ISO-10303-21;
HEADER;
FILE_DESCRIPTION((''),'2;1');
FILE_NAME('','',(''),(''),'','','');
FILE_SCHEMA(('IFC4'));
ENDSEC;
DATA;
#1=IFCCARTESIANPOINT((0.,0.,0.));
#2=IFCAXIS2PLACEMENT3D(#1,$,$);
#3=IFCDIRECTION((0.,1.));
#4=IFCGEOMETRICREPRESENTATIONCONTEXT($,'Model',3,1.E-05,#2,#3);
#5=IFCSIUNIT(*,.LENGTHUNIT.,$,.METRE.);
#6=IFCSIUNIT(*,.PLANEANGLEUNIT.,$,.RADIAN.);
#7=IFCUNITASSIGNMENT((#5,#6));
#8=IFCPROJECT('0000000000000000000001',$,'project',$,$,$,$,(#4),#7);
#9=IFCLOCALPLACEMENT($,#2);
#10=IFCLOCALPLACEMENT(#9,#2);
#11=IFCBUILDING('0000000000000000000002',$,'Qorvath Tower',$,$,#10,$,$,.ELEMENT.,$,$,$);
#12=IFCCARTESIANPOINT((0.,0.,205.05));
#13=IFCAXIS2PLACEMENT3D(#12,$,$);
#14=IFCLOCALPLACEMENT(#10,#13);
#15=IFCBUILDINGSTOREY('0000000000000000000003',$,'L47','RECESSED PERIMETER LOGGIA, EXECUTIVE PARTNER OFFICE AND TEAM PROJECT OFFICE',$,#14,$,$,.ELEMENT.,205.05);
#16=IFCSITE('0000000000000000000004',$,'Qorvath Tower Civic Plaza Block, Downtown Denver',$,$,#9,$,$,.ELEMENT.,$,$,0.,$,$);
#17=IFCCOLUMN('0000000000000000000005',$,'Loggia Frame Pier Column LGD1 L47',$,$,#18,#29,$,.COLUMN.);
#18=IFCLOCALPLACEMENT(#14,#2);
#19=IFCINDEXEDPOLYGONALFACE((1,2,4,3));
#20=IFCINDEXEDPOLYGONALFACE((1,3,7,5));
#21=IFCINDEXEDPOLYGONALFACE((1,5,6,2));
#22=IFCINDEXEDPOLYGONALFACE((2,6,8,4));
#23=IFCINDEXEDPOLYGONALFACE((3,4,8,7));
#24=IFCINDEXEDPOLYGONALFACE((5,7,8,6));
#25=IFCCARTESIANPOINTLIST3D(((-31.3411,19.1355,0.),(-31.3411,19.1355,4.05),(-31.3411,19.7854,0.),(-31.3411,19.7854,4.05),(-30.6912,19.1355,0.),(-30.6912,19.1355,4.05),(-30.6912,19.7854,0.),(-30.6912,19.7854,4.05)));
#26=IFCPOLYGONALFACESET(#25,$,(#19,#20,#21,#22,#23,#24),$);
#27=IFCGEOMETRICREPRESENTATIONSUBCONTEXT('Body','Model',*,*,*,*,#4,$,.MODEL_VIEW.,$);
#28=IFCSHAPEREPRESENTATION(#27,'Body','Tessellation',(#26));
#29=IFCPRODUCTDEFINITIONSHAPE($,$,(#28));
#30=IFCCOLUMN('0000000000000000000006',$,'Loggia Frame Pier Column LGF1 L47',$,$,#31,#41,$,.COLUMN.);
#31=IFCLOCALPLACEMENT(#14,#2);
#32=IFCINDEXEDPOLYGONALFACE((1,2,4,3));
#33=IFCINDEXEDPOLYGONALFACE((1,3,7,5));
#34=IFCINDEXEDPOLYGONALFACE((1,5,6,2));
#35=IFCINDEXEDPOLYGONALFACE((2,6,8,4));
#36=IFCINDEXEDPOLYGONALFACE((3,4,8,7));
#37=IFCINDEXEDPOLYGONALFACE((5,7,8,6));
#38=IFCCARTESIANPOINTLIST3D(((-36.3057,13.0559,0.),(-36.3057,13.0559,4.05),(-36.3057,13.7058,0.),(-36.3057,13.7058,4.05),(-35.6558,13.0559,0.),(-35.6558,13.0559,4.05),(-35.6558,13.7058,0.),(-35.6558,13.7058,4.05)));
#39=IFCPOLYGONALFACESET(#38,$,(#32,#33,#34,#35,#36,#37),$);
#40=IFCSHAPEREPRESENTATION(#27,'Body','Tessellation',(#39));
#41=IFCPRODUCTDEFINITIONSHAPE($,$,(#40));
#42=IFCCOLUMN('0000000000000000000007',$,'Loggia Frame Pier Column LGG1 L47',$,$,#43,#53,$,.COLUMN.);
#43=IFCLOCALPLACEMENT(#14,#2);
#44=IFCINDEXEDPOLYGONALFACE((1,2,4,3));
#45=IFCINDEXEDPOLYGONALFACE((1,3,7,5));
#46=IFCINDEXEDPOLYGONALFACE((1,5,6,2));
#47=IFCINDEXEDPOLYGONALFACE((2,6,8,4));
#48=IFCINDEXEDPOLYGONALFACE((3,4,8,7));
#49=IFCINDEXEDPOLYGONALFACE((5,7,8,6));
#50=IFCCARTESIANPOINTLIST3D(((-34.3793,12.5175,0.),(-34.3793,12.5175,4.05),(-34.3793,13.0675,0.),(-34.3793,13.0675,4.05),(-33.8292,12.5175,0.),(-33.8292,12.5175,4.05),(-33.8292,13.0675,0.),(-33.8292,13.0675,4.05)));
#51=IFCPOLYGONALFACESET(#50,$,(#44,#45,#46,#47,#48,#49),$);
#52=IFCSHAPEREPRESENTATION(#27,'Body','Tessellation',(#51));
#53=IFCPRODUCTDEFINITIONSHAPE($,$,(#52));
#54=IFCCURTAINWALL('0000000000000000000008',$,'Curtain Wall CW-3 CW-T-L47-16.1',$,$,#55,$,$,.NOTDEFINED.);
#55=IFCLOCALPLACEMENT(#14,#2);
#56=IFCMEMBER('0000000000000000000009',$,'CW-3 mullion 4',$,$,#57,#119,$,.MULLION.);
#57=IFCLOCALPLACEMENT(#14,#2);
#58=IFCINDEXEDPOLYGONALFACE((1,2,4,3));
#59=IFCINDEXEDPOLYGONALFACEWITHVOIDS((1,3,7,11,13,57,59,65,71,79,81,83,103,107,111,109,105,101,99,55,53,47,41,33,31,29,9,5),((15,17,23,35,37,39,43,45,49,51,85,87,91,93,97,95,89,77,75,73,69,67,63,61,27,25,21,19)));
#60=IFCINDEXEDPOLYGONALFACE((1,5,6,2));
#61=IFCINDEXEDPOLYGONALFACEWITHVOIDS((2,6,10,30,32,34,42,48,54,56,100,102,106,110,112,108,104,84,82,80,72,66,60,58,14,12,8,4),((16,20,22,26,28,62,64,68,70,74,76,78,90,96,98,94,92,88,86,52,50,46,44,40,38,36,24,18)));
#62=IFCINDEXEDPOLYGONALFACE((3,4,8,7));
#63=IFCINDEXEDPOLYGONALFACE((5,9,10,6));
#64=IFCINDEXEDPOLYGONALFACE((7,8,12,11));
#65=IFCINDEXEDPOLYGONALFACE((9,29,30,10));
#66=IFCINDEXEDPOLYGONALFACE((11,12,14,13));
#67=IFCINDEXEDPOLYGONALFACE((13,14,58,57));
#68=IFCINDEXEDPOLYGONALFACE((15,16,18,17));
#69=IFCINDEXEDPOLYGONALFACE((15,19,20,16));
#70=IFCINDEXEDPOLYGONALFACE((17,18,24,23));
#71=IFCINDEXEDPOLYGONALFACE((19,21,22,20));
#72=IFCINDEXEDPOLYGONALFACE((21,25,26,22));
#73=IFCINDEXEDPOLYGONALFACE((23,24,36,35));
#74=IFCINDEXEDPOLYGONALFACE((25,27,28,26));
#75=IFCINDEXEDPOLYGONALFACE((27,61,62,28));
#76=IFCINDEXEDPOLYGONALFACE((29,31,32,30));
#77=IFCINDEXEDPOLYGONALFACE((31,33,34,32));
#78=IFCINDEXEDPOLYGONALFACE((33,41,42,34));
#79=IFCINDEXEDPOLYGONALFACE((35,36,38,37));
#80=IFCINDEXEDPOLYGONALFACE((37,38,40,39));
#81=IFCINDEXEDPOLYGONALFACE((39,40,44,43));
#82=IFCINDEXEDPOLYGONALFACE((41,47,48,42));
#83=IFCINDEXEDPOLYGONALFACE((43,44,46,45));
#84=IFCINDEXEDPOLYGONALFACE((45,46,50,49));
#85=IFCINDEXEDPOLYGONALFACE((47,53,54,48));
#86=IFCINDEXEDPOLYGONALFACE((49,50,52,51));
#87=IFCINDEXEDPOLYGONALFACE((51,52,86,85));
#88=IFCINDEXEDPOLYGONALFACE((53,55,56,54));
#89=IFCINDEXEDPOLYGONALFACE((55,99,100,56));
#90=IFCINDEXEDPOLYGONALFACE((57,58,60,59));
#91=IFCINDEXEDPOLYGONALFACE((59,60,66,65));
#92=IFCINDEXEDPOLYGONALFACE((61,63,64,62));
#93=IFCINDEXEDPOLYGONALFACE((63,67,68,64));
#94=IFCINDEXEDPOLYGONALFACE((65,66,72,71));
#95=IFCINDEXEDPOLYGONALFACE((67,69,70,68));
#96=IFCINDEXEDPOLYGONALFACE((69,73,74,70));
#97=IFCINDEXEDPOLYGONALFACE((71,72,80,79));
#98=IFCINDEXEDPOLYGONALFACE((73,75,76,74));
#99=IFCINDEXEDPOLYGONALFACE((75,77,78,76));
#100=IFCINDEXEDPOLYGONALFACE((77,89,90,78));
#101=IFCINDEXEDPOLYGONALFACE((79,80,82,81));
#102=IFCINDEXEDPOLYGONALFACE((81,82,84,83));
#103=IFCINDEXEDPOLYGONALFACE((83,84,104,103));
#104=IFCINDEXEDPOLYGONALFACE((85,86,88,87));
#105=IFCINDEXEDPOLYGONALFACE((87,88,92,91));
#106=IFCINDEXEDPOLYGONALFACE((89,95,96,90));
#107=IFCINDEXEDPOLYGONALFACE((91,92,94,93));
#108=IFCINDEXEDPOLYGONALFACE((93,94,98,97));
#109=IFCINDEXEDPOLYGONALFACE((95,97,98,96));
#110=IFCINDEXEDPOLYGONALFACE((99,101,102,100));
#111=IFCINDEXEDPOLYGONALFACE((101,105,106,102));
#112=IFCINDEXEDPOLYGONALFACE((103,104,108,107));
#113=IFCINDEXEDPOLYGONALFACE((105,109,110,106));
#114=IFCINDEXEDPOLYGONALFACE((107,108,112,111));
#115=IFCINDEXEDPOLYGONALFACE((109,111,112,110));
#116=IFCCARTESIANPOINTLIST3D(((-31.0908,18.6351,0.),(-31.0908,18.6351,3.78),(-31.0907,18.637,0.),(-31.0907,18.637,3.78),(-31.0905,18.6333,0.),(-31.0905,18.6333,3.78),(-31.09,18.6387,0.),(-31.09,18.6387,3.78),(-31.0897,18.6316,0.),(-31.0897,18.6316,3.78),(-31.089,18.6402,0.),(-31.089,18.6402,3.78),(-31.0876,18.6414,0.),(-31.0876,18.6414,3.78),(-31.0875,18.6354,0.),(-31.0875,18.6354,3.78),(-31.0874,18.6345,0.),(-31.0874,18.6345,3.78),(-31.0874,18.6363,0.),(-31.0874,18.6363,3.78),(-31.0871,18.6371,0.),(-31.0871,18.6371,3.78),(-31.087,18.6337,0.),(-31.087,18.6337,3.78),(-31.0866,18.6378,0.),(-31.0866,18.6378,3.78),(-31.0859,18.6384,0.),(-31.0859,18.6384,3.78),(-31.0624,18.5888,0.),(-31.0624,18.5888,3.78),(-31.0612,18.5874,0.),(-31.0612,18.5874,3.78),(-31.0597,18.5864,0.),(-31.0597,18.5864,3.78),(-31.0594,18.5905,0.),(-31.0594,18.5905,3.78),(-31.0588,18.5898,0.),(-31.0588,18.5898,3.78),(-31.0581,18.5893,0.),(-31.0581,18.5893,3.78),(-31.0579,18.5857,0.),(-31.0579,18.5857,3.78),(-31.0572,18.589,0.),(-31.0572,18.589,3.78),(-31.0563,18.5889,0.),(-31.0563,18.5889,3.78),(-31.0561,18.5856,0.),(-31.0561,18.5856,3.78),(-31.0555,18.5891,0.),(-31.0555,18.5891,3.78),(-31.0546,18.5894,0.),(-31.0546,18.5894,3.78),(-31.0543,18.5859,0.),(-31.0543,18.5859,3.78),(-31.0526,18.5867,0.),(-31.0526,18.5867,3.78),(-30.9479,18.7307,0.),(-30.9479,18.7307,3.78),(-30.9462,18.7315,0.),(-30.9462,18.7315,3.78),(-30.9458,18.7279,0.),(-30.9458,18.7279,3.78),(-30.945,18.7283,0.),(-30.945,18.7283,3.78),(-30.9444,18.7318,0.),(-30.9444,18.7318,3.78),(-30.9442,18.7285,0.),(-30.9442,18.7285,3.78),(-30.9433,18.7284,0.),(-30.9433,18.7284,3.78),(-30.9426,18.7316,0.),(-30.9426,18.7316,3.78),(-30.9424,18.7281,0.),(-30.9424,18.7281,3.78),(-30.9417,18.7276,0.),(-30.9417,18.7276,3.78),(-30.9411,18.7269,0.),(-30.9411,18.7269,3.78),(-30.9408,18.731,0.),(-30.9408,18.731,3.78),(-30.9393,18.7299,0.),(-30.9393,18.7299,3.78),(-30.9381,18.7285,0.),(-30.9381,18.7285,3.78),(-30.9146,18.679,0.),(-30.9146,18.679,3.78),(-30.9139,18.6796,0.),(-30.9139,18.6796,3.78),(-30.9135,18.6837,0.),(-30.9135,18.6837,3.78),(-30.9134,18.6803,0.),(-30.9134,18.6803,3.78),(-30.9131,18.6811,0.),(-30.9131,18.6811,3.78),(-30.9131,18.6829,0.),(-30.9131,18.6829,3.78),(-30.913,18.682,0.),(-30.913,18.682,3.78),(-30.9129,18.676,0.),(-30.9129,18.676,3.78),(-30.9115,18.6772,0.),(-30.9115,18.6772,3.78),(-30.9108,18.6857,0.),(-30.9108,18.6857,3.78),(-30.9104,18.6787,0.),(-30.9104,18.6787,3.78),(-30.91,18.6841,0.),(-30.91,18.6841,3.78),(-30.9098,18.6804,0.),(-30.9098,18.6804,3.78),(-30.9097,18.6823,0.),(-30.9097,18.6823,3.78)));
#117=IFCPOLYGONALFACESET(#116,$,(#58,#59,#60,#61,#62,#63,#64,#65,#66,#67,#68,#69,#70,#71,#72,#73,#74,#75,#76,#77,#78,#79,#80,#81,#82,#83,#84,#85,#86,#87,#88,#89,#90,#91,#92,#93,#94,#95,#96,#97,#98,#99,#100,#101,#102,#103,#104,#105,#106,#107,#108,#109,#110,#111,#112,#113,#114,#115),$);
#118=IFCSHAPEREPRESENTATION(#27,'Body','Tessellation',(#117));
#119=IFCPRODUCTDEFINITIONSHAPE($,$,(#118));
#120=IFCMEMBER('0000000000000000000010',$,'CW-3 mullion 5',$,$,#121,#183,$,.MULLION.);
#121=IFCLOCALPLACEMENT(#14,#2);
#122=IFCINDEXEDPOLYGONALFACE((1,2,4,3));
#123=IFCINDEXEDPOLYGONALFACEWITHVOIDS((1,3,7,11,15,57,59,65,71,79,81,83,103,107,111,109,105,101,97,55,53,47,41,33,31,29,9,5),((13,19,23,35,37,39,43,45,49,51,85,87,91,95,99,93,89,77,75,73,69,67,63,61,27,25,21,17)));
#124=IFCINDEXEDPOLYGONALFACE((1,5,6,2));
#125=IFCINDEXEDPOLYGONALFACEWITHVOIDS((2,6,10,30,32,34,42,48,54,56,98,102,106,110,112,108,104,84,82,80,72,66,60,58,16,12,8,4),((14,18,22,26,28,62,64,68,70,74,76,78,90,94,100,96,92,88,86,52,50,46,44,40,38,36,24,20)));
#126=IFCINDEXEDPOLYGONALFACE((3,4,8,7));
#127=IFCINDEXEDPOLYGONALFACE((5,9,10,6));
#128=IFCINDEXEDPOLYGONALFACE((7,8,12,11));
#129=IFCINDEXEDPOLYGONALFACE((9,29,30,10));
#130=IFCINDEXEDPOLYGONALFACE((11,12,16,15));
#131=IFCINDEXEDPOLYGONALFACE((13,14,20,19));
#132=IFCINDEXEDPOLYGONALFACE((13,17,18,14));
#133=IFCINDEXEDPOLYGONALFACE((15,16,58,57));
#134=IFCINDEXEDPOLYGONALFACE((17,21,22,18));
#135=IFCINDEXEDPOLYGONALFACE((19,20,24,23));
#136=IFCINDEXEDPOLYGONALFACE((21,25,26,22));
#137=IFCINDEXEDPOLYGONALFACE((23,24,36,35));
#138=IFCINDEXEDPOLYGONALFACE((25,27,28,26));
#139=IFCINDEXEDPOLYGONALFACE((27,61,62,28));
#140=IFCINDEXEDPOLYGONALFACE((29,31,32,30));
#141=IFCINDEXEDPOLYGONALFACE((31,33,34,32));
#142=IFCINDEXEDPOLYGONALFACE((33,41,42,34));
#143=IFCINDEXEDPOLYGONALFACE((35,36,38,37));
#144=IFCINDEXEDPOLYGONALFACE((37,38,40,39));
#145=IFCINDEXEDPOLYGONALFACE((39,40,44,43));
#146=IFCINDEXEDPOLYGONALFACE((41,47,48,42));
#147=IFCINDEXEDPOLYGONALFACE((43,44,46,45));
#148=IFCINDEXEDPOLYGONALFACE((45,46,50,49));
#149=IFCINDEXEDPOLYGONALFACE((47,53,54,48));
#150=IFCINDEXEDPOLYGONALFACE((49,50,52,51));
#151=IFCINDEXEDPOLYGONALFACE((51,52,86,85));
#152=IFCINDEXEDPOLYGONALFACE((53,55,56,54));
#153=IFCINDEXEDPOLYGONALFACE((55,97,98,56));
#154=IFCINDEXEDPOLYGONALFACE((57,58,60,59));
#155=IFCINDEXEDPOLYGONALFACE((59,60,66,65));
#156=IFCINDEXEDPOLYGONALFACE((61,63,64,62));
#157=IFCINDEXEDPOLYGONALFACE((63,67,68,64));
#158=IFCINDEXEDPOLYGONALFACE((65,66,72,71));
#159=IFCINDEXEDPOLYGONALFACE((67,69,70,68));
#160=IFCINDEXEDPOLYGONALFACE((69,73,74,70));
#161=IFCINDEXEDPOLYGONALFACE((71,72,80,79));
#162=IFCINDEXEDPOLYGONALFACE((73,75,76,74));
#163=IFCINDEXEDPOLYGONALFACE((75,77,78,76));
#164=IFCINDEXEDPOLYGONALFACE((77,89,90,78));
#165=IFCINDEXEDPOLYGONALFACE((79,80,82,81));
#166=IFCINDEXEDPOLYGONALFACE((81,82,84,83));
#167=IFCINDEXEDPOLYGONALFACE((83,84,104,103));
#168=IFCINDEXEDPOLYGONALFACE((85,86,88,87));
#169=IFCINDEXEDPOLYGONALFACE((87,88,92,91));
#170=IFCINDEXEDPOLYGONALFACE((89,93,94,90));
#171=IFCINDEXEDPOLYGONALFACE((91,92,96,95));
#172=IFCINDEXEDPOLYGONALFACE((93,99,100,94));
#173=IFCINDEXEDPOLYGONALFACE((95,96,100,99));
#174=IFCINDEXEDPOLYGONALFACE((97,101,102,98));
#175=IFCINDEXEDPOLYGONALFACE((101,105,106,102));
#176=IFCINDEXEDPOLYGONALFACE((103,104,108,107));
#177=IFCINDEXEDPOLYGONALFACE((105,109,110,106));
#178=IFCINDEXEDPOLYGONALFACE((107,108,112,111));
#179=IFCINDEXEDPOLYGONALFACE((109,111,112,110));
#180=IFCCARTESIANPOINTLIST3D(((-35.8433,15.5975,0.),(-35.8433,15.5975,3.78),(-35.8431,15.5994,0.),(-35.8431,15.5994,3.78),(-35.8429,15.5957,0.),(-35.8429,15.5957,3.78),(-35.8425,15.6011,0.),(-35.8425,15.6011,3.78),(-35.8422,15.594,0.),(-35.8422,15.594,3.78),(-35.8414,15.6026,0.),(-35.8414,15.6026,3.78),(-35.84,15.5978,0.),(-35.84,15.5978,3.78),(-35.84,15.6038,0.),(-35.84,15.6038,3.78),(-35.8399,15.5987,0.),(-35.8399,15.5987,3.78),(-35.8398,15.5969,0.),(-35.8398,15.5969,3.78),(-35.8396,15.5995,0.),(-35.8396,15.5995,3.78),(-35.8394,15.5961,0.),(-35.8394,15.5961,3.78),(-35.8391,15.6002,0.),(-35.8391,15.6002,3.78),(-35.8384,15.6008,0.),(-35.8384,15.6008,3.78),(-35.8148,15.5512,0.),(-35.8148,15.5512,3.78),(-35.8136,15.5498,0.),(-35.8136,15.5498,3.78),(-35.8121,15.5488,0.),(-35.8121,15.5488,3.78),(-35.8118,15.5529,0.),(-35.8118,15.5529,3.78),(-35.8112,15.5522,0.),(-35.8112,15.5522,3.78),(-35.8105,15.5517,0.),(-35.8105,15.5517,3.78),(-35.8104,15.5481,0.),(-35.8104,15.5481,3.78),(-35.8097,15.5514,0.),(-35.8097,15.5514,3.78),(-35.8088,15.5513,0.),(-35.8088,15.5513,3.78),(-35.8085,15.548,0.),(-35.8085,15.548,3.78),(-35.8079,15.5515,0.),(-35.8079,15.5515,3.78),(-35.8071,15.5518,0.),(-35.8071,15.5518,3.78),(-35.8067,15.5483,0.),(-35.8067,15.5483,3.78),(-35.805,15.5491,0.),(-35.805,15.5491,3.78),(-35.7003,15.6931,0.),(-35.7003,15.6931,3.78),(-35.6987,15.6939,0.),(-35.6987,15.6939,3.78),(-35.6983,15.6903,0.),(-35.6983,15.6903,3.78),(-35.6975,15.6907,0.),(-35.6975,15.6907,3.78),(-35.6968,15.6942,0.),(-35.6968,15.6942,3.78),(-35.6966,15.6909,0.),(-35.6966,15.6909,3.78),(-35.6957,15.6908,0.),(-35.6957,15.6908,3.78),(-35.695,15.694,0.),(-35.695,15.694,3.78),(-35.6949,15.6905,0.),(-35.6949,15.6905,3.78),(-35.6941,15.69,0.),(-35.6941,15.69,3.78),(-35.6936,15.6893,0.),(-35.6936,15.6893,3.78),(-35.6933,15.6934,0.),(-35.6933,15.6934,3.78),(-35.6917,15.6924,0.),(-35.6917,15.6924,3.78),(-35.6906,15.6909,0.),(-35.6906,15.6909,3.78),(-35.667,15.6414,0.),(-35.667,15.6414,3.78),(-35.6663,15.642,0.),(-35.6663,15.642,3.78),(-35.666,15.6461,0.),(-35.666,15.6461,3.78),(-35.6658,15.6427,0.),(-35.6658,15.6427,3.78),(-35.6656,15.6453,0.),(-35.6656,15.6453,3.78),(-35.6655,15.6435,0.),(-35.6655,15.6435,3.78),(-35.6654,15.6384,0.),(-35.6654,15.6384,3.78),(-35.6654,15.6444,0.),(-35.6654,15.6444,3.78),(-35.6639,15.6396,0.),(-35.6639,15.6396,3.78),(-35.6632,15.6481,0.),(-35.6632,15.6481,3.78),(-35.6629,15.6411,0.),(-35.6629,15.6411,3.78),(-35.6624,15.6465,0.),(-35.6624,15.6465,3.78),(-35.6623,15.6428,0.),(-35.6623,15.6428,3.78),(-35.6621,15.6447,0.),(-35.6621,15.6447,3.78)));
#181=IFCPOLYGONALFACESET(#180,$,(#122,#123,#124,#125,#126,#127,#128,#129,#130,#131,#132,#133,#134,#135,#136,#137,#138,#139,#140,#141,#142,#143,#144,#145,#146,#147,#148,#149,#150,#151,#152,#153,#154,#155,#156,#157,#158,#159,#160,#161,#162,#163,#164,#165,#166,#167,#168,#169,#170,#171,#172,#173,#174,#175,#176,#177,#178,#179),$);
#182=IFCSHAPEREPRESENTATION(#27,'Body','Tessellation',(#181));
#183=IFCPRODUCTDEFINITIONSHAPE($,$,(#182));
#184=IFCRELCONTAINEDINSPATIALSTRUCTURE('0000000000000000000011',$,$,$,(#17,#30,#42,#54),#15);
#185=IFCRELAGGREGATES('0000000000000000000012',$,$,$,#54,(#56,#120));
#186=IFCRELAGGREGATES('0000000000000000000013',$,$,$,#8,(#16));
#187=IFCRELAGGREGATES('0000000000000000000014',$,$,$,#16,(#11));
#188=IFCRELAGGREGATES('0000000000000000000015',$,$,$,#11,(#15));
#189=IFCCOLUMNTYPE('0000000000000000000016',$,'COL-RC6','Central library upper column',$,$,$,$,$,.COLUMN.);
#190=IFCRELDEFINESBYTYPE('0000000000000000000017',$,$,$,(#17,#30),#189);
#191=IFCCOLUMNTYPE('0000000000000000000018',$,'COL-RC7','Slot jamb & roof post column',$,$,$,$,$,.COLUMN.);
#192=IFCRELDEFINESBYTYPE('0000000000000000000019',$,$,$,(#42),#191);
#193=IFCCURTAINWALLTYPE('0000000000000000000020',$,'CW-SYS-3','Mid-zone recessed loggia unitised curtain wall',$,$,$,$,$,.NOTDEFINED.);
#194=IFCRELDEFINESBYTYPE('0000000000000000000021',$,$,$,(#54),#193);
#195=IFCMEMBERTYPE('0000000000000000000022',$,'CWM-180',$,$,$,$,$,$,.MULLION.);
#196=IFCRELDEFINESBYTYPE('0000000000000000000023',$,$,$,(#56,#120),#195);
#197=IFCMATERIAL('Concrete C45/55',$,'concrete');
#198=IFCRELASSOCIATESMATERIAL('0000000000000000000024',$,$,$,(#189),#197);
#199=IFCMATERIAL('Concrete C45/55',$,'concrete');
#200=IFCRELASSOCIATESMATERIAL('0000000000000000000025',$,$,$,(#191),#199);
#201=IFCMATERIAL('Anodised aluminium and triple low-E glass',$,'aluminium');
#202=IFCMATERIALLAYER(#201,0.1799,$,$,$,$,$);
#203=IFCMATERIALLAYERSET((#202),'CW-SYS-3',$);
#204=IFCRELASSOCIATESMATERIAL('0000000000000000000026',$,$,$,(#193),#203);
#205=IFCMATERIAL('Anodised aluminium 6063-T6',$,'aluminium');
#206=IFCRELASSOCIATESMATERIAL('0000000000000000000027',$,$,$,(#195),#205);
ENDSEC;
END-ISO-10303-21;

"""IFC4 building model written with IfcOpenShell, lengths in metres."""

from ifc_helpers import new_model, si_unit, direction, frame, origin, origin_2d, place, context, subcontext, project, spatial, rectangle, hollow_rectangle, extrude, material, layer, layer_set, material_profile, profile_set, type_object, element, aggregate, save


model = new_model("IFC4")

# Units and contexts
model_context = context("Model", 3, precision=1e-05, world=origin(), true_north=direction((0.0, 1.0)))
body_context = subcontext(model_context, "Body", "Model", "MODEL_VIEW")
ifc_project = project(units=[si_unit("LENGTHUNIT", "METRE"), si_unit("PLANEANGLEUNIT", "RADIAN")], contexts=[model_context])

# Site, building, storey
site_placement = place(None, origin())
site = spatial("IfcSite", under=ifc_project, at=site_placement, Name="Qorvath Tower Civic Plaza Block, Downtown Denver", CompositionType="ELEMENT", RefElevation=0.0)
building_placement = place(site_placement, origin())
building = spatial("IfcBuilding", under=site, at=building_placement, Name="Qorvath Tower", CompositionType="ELEMENT")
storey_placement = place(building_placement, frame((0.0, 0.0, 205.05)))
storey = spatial("IfcBuildingStorey", under=building, at=storey_placement, Name="L47", Description="RECESSED PERIMETER LOGGIA, EXECUTIVE PARTNER OFFICE AND TEAM PROJECT OFFICE", CompositionType="ELEMENT", Elevation=205.05)

# Columns
ifc_material_1 = material(Name="Concrete C45/55", Category="concrete")
ifc_material_profile_1 = material_profile(ifc_material_1, rectangle(XDim=0.6499, YDim=0.6499, at=origin_2d()), Name="RC 650x650")
ifc_profile_set_1 = profile_set([ifc_material_profile_1], Name="Concrete C45/55")
column_type_1 = type_object("IfcColumnType", Name="COL-RC6", Description="Central library upper column", PredefinedType="COLUMN", material=ifc_profile_set_1)
for number, where, z_axis, x_axis, name in (
    (1, (-31.0161, 19.4604, 0.0), (0.0, 0.0, 1.0), (1.0, 0.0, 0.0), "Loggia Frame Pier Column LGD1 L47"),
    (2, (-35.9807, 13.3809, 0.0), (0.0, 0.0, 1.0), (1.0, 0.0, 0.0), "Loggia Frame Pier Column LGF1 L47"),
):
    element("IfcColumn", number, at=place(storey_placement, frame(where, z_axis=z_axis, x_axis=x_axis)), inside=storey, type_object=column_type_1, Name=name, PredefinedType="COLUMN", context=body_context, shape_type="SweptSolid", body=[
        extrude(rectangle(XDim=0.6499, YDim=0.6499, at=origin_2d()), origin(), (0.0, 0.0, 1.0), 4.05),
    ])
ifc_material_2 = material(Name="Concrete C45/55", Category="concrete")
ifc_material_profile_2 = material_profile(ifc_material_2, rectangle(XDim=0.55, YDim=0.55, at=origin_2d()), Name="RC 550x550")
ifc_profile_set_2 = profile_set([ifc_material_profile_2], Name="Concrete C45/55")
column_type_2 = type_object("IfcColumnType", Name="COL-RC7", Description="Slot jamb & roof post column", PredefinedType="COLUMN", material=ifc_profile_set_2)
column_placement = place(storey_placement, frame((-34.1042, 12.7925, 0.0), z_axis=(0.0, 0.0, 1.0), x_axis=(1.0, 0.0, 0.0)))
element("IfcColumn", 3, at=column_placement, inside=storey, type_object=column_type_2, Name="Loggia Frame Pier Column LGG1 L47", PredefinedType="COLUMN", context=body_context, shape_type="SweptSolid", body=[
    extrude(rectangle(XDim=0.55, YDim=0.55, at=origin_2d()), origin(), (0.0, 0.0, 1.0), 4.05),
])

# Curtain wall, members
ifc_material_3 = material(Name="Anodised aluminium and triple low-E glass", Category="aluminium")
ifc_layer_1 = layer(ifc_material_3, 0.1799)
ifc_layer_set_1 = layer_set([ifc_layer_1], Name="CW-SYS-3")
curtain_wall_type = type_object("IfcCurtainWallType", Name="CW-SYS-3", Description="Mid-zone recessed loggia unitised curtain wall", PredefinedType="NOTDEFINED", material=ifc_layer_set_1)
curtain_wall_placement = place(storey_placement, origin())
curtain_wall = element("IfcCurtainWall", 4, at=curtain_wall_placement, inside=storey, type_object=curtain_wall_type, Name="Curtain Wall CW-3 CW-T-L47-16.1", PredefinedType="NOTDEFINED")
ifc_material_4 = material(Name="Anodised aluminium 6063-T6", Category="aluminium")
ifc_material_profile_3 = material_profile(ifc_material_4, hollow_rectangle(XDim=0.0649, YDim=0.1799, WallThickness=0.0034, InnerFilletRadius=0.0034, OuterFilletRadius=0.0071, at=origin_2d()), Name="CWM 180x65")
ifc_profile_set_3 = profile_set([ifc_material_profile_3], Name="Anodised aluminium 6063-T6")
member_type_1 = type_object("IfcMemberType", Name="CWM-180", PredefinedType="MULLION", material=ifc_profile_set_3)
member_1_placement = place(storey_placement, frame((-31.0002, 18.6587, 0.0), z_axis=(0.0, 0.0, 1.0), x_axis=(0.538534, -0.842604, 0.0)))
member_1 = element("IfcMember", 5, at=member_1_placement, type_object=member_type_1, Name="CW-3 mullion 4", PredefinedType="MULLION", context=body_context, shape_type="SweptSolid", body=[
    extrude(hollow_rectangle(XDim=0.0649, YDim=0.1799, WallThickness=0.0034, InnerFilletRadius=0.0034, OuterFilletRadius=0.0071, at=origin_2d()), origin(), (0.0, 0.0, 1.0), 3.78),
])
member_2_placement = place(storey_placement, frame((-35.7527, 15.6211, 0.0), z_axis=(0.0, 0.0, 1.0), x_axis=(0.538534, -0.842604, 0.0)))
member_2 = element("IfcMember", 6, at=member_2_placement, type_object=member_type_1, Name="CW-3 mullion 5", PredefinedType="MULLION", context=body_context, shape_type="SweptSolid", body=[
    extrude(hollow_rectangle(XDim=0.0649, YDim=0.1799, WallThickness=0.0034, InnerFilletRadius=0.0034, OuterFilletRadius=0.0071, at=origin_2d()), origin(), (0.0, 0.0, 1.0), 3.78),
])
aggregate(curtain_wall, [member_1, member_2])

save(model, "model.ifc")
